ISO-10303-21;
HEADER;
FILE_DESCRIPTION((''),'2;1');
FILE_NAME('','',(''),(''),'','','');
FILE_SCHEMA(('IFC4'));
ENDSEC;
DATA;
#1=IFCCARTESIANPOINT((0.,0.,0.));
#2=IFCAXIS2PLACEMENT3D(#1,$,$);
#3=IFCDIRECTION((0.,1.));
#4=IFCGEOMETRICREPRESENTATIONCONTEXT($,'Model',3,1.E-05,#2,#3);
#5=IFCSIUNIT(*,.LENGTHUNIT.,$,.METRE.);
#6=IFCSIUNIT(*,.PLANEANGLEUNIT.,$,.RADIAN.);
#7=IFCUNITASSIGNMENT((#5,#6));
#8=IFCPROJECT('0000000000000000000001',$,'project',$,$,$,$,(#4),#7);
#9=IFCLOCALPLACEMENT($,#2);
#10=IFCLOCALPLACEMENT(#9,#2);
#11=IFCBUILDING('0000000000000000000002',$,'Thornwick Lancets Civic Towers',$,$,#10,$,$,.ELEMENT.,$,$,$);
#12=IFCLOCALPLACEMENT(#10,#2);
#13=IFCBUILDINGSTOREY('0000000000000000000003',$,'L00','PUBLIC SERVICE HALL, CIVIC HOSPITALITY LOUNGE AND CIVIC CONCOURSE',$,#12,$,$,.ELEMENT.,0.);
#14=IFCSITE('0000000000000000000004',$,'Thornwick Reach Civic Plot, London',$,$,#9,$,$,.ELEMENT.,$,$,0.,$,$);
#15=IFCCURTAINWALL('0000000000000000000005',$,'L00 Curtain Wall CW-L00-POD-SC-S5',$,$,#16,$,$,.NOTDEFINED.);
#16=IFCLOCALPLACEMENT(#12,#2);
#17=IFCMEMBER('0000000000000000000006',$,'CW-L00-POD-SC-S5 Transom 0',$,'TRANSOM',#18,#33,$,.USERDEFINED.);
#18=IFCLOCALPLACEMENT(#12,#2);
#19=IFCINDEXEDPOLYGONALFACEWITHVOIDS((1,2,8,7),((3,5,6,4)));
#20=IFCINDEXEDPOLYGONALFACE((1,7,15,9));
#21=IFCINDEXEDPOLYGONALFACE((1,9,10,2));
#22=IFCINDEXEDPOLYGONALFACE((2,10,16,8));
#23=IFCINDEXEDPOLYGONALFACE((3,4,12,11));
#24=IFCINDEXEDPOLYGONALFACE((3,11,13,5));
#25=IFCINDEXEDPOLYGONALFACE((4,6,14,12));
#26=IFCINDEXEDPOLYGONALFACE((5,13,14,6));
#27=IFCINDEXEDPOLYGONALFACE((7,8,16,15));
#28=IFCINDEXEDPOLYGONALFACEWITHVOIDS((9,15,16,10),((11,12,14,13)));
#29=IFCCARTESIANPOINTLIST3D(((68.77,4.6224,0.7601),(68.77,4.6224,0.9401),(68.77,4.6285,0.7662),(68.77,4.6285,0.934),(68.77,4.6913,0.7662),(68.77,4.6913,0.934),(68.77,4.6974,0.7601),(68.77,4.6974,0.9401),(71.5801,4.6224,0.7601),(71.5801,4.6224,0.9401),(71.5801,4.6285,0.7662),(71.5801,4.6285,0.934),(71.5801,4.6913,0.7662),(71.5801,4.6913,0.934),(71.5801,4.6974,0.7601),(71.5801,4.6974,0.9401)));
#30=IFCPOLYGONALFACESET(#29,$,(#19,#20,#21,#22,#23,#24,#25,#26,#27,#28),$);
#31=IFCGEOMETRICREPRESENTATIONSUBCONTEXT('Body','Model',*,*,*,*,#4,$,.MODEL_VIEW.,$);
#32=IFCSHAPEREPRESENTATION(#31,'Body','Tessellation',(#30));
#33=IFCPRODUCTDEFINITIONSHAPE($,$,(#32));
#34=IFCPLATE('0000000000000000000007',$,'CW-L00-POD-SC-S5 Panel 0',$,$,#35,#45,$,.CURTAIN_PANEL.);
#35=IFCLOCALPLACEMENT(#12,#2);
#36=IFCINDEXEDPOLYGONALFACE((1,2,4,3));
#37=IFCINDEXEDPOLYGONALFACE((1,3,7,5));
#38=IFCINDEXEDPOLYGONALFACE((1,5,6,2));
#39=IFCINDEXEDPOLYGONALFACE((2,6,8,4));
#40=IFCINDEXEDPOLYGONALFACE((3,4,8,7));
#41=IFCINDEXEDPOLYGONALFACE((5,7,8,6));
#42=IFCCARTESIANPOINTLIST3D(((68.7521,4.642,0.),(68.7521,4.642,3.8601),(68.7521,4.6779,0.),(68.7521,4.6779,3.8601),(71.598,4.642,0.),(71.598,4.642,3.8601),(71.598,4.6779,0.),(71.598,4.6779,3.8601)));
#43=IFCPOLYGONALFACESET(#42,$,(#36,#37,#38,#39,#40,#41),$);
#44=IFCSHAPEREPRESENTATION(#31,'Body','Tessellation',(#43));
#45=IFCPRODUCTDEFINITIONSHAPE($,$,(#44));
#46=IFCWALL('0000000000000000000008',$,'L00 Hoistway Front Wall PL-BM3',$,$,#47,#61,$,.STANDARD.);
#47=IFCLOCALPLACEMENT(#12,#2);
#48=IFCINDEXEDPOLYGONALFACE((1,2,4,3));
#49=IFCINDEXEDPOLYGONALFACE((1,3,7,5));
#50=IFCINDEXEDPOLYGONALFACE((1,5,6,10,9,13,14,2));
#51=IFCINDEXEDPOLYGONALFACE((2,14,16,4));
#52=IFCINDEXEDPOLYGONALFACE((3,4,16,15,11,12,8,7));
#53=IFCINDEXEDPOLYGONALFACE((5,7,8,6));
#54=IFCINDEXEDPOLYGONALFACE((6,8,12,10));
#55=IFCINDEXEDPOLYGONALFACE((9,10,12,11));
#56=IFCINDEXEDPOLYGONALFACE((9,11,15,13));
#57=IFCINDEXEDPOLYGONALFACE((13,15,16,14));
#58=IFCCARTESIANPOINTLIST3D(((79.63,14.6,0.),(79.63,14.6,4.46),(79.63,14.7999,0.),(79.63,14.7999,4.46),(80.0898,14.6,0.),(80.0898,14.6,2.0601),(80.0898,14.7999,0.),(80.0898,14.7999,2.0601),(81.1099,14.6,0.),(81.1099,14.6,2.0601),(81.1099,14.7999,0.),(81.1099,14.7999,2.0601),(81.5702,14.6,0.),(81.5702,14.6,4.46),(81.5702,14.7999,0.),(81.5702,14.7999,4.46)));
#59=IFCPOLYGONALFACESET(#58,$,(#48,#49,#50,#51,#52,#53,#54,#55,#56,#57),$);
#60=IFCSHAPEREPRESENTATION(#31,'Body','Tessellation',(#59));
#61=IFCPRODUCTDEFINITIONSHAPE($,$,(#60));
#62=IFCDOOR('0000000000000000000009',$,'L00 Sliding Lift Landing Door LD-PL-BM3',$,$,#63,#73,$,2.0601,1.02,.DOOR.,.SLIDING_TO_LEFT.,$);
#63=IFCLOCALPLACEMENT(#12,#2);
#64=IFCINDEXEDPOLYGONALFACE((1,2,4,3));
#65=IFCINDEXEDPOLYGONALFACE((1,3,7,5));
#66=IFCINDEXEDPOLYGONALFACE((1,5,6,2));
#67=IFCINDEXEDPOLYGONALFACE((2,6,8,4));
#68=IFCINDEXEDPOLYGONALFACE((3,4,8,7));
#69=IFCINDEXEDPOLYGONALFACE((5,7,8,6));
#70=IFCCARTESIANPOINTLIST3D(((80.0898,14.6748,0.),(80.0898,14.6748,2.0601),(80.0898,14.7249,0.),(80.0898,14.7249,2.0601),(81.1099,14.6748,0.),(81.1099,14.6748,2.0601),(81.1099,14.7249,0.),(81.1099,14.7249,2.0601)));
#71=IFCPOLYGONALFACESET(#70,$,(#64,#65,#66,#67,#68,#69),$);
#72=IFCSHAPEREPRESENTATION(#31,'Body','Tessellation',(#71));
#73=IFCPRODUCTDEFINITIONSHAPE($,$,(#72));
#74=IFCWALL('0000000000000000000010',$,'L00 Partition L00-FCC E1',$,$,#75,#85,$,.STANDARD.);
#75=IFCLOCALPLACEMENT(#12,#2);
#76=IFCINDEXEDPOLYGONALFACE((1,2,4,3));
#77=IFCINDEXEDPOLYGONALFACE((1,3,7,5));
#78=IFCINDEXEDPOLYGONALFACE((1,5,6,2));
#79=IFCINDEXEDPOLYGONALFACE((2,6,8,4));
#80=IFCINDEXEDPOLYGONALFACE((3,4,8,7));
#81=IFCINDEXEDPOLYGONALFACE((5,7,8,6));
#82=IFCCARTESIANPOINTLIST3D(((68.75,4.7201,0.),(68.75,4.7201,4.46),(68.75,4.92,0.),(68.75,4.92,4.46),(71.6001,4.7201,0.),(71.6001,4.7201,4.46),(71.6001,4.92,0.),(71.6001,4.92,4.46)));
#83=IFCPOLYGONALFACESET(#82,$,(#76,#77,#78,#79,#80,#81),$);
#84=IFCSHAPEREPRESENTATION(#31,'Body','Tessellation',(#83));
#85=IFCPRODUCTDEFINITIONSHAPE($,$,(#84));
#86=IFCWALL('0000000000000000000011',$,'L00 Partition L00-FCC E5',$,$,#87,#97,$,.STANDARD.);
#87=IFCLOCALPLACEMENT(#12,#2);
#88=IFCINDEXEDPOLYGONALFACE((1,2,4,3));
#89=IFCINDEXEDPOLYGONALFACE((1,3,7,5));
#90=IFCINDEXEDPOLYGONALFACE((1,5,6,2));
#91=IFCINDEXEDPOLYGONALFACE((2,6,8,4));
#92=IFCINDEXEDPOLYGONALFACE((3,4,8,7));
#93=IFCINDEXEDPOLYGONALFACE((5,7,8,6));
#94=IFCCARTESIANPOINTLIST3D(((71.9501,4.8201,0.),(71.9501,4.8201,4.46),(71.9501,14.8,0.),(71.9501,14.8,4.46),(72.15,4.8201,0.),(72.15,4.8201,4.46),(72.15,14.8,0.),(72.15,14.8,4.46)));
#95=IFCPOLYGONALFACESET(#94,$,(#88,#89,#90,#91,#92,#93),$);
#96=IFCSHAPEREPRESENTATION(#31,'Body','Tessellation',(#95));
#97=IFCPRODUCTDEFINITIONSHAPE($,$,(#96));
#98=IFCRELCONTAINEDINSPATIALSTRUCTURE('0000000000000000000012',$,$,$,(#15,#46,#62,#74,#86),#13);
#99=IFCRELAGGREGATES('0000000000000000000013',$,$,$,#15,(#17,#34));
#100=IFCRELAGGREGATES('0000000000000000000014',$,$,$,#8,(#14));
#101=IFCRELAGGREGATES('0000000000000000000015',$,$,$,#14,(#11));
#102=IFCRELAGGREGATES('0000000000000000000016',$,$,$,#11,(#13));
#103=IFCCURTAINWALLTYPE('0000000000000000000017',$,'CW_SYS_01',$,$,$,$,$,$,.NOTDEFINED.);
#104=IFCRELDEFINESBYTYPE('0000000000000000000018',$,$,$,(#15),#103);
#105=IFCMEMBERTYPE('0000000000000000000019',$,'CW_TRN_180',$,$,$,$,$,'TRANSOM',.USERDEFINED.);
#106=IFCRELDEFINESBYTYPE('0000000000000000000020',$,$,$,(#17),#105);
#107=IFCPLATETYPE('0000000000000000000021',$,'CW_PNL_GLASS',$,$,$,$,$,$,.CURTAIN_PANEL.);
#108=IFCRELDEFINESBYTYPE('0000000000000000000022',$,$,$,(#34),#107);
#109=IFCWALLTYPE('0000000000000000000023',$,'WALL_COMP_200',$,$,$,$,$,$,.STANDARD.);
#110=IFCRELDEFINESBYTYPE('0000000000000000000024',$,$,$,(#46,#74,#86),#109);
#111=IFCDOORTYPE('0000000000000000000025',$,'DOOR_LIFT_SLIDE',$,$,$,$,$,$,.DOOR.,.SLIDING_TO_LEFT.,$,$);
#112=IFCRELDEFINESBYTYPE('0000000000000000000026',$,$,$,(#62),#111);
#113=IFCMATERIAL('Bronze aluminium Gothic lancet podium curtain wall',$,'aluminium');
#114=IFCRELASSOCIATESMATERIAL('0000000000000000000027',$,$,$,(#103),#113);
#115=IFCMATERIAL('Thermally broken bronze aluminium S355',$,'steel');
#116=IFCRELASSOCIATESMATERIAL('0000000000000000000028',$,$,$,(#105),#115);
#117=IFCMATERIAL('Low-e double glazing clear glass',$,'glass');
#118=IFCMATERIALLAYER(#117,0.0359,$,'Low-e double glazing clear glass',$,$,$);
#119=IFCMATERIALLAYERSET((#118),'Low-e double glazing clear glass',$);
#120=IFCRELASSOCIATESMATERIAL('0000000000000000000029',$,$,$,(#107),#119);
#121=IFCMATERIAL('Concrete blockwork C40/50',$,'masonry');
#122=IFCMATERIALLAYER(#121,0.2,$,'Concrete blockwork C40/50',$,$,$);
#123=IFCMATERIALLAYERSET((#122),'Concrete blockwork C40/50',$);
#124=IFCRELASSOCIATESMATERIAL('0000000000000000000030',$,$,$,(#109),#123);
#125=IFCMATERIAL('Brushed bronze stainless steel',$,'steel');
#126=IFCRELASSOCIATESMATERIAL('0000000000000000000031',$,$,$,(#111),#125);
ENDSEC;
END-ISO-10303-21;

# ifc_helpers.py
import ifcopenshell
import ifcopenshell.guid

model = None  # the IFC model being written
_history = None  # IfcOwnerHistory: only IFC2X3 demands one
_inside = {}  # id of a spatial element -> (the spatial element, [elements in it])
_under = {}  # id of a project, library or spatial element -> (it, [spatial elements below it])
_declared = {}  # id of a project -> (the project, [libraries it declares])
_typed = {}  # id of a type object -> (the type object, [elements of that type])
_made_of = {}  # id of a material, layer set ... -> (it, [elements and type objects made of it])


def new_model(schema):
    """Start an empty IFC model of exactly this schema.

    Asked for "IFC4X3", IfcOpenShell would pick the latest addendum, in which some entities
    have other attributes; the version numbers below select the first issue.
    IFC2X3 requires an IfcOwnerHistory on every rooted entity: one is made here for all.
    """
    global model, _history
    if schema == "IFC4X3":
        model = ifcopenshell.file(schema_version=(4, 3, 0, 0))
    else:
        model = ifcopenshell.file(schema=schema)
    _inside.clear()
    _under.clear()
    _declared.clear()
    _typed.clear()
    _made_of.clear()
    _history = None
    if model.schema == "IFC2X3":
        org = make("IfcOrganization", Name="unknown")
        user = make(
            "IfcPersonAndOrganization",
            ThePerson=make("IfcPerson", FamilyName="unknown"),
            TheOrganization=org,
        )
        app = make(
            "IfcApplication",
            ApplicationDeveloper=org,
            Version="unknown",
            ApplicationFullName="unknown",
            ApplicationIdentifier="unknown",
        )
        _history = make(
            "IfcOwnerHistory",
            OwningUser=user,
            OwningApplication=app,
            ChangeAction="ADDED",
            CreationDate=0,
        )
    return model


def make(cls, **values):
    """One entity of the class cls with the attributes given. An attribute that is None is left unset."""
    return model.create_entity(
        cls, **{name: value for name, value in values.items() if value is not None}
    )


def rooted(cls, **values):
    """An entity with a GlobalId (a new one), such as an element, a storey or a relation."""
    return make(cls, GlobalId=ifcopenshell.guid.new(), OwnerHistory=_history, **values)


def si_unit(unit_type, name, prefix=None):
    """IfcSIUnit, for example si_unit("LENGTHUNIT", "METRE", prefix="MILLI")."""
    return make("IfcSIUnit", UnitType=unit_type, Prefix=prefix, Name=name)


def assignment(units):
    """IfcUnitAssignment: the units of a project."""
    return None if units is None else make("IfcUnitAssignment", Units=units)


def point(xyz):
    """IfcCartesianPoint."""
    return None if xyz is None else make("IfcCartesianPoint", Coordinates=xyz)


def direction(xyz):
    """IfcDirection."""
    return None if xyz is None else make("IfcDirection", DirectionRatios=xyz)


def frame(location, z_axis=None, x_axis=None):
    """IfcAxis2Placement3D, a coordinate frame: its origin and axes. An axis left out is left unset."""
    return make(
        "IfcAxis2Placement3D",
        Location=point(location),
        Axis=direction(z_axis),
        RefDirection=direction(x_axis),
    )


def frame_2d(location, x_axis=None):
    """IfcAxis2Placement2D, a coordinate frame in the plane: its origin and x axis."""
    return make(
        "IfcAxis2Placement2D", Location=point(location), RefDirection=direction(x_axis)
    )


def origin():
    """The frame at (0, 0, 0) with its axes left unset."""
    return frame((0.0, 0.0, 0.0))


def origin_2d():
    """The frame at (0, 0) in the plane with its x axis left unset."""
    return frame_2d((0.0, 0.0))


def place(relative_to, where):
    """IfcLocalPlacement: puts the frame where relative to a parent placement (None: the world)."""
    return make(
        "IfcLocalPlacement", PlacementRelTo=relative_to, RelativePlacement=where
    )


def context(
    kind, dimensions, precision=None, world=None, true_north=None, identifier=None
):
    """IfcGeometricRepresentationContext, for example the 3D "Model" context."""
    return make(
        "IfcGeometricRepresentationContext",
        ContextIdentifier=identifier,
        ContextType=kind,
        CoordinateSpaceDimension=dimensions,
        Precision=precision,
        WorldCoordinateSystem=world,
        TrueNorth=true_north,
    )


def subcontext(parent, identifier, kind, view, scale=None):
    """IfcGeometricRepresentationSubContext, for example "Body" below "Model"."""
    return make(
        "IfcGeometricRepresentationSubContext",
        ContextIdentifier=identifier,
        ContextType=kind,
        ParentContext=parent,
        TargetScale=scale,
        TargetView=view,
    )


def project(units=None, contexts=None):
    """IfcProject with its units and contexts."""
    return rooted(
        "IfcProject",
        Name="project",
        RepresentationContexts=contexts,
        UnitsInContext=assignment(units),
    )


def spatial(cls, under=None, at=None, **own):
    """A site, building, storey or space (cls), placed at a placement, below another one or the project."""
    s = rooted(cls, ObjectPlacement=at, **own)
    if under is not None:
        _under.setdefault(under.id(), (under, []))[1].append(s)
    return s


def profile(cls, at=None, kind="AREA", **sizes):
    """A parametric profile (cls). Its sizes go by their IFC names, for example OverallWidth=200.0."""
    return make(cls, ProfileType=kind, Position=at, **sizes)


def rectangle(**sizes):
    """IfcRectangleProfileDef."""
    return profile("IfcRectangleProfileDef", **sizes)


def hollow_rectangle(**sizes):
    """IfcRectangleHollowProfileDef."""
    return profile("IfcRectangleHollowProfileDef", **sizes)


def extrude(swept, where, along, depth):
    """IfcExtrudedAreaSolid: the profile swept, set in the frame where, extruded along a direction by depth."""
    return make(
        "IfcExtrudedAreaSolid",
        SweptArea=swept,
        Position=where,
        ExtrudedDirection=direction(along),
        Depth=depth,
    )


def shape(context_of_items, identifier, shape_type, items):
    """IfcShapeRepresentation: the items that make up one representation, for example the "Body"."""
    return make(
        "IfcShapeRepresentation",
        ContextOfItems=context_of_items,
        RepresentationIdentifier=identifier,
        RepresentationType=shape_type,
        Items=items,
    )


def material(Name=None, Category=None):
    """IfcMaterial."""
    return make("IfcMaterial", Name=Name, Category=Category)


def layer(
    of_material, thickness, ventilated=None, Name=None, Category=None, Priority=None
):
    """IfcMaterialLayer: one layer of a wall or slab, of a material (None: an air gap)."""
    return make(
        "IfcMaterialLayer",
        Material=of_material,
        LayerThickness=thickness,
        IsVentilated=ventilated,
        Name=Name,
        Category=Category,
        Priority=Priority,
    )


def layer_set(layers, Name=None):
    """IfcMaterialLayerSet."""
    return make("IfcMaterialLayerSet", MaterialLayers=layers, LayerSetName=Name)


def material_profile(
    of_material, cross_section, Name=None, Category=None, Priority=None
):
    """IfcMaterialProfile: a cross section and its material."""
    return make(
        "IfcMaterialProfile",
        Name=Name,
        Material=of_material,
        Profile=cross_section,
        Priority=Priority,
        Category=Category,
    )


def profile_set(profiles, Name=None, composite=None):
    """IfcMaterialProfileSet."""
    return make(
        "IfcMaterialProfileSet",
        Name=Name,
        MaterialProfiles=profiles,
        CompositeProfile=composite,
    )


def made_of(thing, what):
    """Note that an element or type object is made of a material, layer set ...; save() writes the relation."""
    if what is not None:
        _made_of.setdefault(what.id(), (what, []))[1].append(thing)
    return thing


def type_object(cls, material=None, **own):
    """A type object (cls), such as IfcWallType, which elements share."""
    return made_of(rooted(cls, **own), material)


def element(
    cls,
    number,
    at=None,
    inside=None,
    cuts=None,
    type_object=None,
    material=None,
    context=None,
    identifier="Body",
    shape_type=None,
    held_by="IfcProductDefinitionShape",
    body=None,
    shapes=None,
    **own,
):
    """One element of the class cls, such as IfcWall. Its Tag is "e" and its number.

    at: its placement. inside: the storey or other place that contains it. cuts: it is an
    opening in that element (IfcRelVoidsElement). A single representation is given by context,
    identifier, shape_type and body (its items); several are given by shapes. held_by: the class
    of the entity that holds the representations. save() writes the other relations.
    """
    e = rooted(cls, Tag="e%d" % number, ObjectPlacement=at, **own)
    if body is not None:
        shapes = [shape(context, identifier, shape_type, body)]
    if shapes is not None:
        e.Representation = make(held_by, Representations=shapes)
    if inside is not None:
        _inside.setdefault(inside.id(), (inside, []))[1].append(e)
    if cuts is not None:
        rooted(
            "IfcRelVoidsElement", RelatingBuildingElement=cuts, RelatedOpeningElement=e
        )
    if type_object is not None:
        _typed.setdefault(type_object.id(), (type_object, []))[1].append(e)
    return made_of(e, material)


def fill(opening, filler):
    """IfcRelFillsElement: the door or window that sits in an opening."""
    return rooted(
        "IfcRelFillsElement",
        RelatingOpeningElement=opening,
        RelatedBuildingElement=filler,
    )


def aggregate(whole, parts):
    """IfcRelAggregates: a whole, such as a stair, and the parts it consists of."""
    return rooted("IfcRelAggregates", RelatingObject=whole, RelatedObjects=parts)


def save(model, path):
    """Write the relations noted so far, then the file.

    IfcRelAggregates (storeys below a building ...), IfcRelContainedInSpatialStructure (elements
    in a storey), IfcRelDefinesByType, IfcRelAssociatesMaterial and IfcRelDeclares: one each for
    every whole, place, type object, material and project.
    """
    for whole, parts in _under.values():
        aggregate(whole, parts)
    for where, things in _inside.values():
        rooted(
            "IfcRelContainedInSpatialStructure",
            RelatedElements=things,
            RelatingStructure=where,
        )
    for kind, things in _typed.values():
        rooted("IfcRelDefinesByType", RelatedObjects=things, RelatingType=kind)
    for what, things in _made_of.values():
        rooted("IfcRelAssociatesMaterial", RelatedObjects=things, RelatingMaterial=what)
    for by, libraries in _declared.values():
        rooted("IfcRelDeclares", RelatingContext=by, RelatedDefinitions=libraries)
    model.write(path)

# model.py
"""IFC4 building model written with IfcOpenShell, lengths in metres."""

from ifc_helpers import new_model, si_unit, direction, frame, frame_2d, origin, origin_2d, place, context, subcontext, project, spatial, rectangle, hollow_rectangle, extrude, material, layer, layer_set, material_profile, profile_set, type_object, element, fill, aggregate, save


model = new_model("IFC4")

# Units and contexts
model_context = context("Model", 3, precision=1e-05, world=origin(), true_north=direction((0.0, 1.0)))
body_context = subcontext(model_context, "Body", "Model", "MODEL_VIEW")
ifc_project = project(units=[si_unit("LENGTHUNIT", "METRE"), si_unit("PLANEANGLEUNIT", "RADIAN")], contexts=[model_context])

# Site, building, storey
site_placement = place(None, origin())
site = spatial("IfcSite", under=ifc_project, at=site_placement, Name="Thornwick Reach Civic Plot, London", CompositionType="ELEMENT", RefElevation=0.0)
building_placement = place(site_placement, origin())
building = spatial("IfcBuilding", under=site, at=building_placement, Name="Thornwick Lancets Civic Towers", CompositionType="ELEMENT")
storey_placement = place(building_placement, origin())
storey = spatial("IfcBuildingStorey", under=building, at=storey_placement, Name="L00", Description="PUBLIC SERVICE HALL, CIVIC HOSPITALITY LOUNGE AND CIVIC CONCOURSE", CompositionType="ELEMENT", Elevation=0.0)

# Curtain wall, member, plate
ifc_material_1 = material(Name="Bronze aluminium Gothic lancet podium curtain wall", Category="aluminium")
curtain_wall_type = type_object("IfcCurtainWallType", Name="CW_SYS_01", PredefinedType="NOTDEFINED", material=ifc_material_1)
curtain_wall_placement = place(storey_placement, origin())
curtain_wall = element("IfcCurtainWall", 1, at=curtain_wall_placement, inside=storey, type_object=curtain_wall_type, Name="L00 Curtain Wall CW-L00-POD-SC-S5", PredefinedType="NOTDEFINED")
ifc_material_2 = material(Name="Thermally broken bronze aluminium S355", Category="steel")
ifc_material_profile_1 = material_profile(ifc_material_2, hollow_rectangle(XDim=0.075, YDim=0.1799, WallThickness=0.0061, at=origin_2d()), Name="RHS 180x75x6")
ifc_profile_set_1 = profile_set([ifc_material_profile_1], Name="Thermally broken bronze aluminium S355")
member_type_1 = type_object("IfcMemberType", Name="CW_TRN_180", ElementType="TRANSOM", PredefinedType="USERDEFINED", material=ifc_profile_set_1)
member_1_placement = place(storey_placement, frame((68.77, 4.6599, 0.8501), z_axis=(1.0, 0.0, 0.0), x_axis=(0.0, 1.0, 0.0)))
member_1 = element("IfcMember", 2, at=member_1_placement, type_object=member_type_1, Name="CW-L00-POD-SC-S5 Transom 0", ObjectType="TRANSOM", PredefinedType="USERDEFINED", context=body_context, shape_type="SweptSolid", body=[
    extrude(hollow_rectangle(XDim=0.075, YDim=0.1799, WallThickness=0.0061, at=origin_2d()), origin(), (0.0, 0.0, 1.0), 2.8101),
])
ifc_material_3 = material(Name="Low-e double glazing clear glass", Category="glass")
ifc_layer_1 = layer(ifc_material_3, 0.0359, Name="Low-e double glazing clear glass")
ifc_layer_set_1 = layer_set([ifc_layer_1], Name="Low-e double glazing clear glass")
plate_type = type_object("IfcPlateType", Name="CW_PNL_GLASS", PredefinedType="CURTAIN_PANEL", material=ifc_layer_set_1)
plate_placement = place(storey_placement, frame((70.175, 4.6599, 0.0), z_axis=(0.0, 0.0, 1.0), x_axis=(1.0, 0.0, 0.0)))
plate = element("IfcPlate", 3, at=plate_placement, type_object=plate_type, Name="CW-L00-POD-SC-S5 Panel 0", PredefinedType="CURTAIN_PANEL", context=body_context, shape_type="SweptSolid", body=[
    extrude(rectangle(XDim=2.8459, YDim=0.0359, at=origin_2d()), origin(), (0.0, 0.0, 1.0), 3.8601),
])
aggregate(curtain_wall, [member_1, plate])

# Wall, opening, door
ifc_material_4 = material(Name="Concrete blockwork C40/50", Category="masonry")
ifc_layer_2 = layer(ifc_material_4, 0.2, Name="Concrete blockwork C40/50")
ifc_layer_set_2 = layer_set([ifc_layer_2], Name="Concrete blockwork C40/50")
wall_type_1 = type_object("IfcWallType", Name="WALL_COMP_200", PredefinedType="STANDARD", material=ifc_layer_set_2)
wall_1_placement = place(storey_placement, frame((79.6299, 14.7, 0.0), z_axis=(0.0, 0.0, 1.0), x_axis=(1.0, 0.0, 0.0)))
wall_1 = element("IfcWall", 4, at=wall_1_placement, inside=storey, type_object=wall_type_1, Name="L00 Hoistway Front Wall PL-BM3", PredefinedType="STANDARD", context=body_context, shape_type="SweptSolid", body=[
    extrude(rectangle(XDim=1.9402, YDim=0.2, at=frame_2d((0.9702, 0.0))), origin(), (0.0, 0.0, 1.0), 4.46),
])
opening_1_placement = place(wall_1_placement, frame((0.46, 0.0, 0.0)))
opening_1 = element("IfcOpeningElement", 5, at=opening_1_placement, cuts=wall_1, PredefinedType="OPENING", context=body_context, shape_type="SweptSolid", body=[
    extrude(rectangle(XDim=1.02, YDim=2.0601, at=frame_2d((0.51, 1.03))), frame((0.0, 0.1099, 0.0), z_axis=(0.0, -1.0, 0.0), x_axis=(1.0, 0.0, 0.0)), (0.0, 0.0, 1.0), 0.22),
])
ifc_material_5 = material(Name="Brushed bronze stainless steel", Category="steel")
door_type_1 = type_object("IfcDoorType", Name="DOOR_LIFT_SLIDE", OperationType="SLIDING_TO_LEFT", PredefinedType="DOOR", material=ifc_material_5)
door_1_placement = place(opening_1_placement, origin())
door_1 = element("IfcDoor", 6, at=door_1_placement, inside=storey, type_object=door_type_1, Name="L00 Sliding Lift Landing Door LD-PL-BM3", OperationType="SLIDING_TO_LEFT", OverallHeight=2.0601, OverallWidth=1.02, PredefinedType="DOOR", context=body_context, shape_type="SweptSolid", body=[
    extrude(rectangle(XDim=1.02, YDim=2.0601, at=frame_2d((0.51, 1.03))), frame((0.0, 0.0249, 0.0), z_axis=(0.0, -1.0, 0.0), x_axis=(1.0, 0.0, 0.0)), (0.0, 0.0, 1.0), 0.05),
])
fill(opening_1, door_1)

# Walls
wall_2_placement = place(storey_placement, frame((71.6001, 4.8201, 0.0), z_axis=(0.0, 0.0, 1.0), x_axis=(-1.0, 0.0, 0.0)))
element("IfcWall", 7, at=wall_2_placement, inside=storey, type_object=wall_type_1, Name="L00 Partition L00-FCC E1", PredefinedType="STANDARD", context=body_context, shape_type="SweptSolid", body=[
    extrude(rectangle(XDim=2.8501, YDim=0.2, at=frame_2d((1.425, 0.0))), origin(), (0.0, 0.0, 1.0), 4.46),
])
wall_3_placement = place(storey_placement, frame((72.05, 14.8, 0.0), z_axis=(0.0, 0.0, 1.0), x_axis=(0.0, -1.0, 0.0)))
element("IfcWall", 8, at=wall_3_placement, inside=storey, type_object=wall_type_1, Name="L00 Partition L00-FCC E5", PredefinedType="STANDARD", context=body_context, shape_type="SweptSolid", body=[
    extrude(rectangle(XDim=9.98, YDim=0.2, at=frame_2d((4.99, 0.0))), origin(), (0.0, 0.0, 1.0), 4.46),
])

save(model, "model.ifc")
